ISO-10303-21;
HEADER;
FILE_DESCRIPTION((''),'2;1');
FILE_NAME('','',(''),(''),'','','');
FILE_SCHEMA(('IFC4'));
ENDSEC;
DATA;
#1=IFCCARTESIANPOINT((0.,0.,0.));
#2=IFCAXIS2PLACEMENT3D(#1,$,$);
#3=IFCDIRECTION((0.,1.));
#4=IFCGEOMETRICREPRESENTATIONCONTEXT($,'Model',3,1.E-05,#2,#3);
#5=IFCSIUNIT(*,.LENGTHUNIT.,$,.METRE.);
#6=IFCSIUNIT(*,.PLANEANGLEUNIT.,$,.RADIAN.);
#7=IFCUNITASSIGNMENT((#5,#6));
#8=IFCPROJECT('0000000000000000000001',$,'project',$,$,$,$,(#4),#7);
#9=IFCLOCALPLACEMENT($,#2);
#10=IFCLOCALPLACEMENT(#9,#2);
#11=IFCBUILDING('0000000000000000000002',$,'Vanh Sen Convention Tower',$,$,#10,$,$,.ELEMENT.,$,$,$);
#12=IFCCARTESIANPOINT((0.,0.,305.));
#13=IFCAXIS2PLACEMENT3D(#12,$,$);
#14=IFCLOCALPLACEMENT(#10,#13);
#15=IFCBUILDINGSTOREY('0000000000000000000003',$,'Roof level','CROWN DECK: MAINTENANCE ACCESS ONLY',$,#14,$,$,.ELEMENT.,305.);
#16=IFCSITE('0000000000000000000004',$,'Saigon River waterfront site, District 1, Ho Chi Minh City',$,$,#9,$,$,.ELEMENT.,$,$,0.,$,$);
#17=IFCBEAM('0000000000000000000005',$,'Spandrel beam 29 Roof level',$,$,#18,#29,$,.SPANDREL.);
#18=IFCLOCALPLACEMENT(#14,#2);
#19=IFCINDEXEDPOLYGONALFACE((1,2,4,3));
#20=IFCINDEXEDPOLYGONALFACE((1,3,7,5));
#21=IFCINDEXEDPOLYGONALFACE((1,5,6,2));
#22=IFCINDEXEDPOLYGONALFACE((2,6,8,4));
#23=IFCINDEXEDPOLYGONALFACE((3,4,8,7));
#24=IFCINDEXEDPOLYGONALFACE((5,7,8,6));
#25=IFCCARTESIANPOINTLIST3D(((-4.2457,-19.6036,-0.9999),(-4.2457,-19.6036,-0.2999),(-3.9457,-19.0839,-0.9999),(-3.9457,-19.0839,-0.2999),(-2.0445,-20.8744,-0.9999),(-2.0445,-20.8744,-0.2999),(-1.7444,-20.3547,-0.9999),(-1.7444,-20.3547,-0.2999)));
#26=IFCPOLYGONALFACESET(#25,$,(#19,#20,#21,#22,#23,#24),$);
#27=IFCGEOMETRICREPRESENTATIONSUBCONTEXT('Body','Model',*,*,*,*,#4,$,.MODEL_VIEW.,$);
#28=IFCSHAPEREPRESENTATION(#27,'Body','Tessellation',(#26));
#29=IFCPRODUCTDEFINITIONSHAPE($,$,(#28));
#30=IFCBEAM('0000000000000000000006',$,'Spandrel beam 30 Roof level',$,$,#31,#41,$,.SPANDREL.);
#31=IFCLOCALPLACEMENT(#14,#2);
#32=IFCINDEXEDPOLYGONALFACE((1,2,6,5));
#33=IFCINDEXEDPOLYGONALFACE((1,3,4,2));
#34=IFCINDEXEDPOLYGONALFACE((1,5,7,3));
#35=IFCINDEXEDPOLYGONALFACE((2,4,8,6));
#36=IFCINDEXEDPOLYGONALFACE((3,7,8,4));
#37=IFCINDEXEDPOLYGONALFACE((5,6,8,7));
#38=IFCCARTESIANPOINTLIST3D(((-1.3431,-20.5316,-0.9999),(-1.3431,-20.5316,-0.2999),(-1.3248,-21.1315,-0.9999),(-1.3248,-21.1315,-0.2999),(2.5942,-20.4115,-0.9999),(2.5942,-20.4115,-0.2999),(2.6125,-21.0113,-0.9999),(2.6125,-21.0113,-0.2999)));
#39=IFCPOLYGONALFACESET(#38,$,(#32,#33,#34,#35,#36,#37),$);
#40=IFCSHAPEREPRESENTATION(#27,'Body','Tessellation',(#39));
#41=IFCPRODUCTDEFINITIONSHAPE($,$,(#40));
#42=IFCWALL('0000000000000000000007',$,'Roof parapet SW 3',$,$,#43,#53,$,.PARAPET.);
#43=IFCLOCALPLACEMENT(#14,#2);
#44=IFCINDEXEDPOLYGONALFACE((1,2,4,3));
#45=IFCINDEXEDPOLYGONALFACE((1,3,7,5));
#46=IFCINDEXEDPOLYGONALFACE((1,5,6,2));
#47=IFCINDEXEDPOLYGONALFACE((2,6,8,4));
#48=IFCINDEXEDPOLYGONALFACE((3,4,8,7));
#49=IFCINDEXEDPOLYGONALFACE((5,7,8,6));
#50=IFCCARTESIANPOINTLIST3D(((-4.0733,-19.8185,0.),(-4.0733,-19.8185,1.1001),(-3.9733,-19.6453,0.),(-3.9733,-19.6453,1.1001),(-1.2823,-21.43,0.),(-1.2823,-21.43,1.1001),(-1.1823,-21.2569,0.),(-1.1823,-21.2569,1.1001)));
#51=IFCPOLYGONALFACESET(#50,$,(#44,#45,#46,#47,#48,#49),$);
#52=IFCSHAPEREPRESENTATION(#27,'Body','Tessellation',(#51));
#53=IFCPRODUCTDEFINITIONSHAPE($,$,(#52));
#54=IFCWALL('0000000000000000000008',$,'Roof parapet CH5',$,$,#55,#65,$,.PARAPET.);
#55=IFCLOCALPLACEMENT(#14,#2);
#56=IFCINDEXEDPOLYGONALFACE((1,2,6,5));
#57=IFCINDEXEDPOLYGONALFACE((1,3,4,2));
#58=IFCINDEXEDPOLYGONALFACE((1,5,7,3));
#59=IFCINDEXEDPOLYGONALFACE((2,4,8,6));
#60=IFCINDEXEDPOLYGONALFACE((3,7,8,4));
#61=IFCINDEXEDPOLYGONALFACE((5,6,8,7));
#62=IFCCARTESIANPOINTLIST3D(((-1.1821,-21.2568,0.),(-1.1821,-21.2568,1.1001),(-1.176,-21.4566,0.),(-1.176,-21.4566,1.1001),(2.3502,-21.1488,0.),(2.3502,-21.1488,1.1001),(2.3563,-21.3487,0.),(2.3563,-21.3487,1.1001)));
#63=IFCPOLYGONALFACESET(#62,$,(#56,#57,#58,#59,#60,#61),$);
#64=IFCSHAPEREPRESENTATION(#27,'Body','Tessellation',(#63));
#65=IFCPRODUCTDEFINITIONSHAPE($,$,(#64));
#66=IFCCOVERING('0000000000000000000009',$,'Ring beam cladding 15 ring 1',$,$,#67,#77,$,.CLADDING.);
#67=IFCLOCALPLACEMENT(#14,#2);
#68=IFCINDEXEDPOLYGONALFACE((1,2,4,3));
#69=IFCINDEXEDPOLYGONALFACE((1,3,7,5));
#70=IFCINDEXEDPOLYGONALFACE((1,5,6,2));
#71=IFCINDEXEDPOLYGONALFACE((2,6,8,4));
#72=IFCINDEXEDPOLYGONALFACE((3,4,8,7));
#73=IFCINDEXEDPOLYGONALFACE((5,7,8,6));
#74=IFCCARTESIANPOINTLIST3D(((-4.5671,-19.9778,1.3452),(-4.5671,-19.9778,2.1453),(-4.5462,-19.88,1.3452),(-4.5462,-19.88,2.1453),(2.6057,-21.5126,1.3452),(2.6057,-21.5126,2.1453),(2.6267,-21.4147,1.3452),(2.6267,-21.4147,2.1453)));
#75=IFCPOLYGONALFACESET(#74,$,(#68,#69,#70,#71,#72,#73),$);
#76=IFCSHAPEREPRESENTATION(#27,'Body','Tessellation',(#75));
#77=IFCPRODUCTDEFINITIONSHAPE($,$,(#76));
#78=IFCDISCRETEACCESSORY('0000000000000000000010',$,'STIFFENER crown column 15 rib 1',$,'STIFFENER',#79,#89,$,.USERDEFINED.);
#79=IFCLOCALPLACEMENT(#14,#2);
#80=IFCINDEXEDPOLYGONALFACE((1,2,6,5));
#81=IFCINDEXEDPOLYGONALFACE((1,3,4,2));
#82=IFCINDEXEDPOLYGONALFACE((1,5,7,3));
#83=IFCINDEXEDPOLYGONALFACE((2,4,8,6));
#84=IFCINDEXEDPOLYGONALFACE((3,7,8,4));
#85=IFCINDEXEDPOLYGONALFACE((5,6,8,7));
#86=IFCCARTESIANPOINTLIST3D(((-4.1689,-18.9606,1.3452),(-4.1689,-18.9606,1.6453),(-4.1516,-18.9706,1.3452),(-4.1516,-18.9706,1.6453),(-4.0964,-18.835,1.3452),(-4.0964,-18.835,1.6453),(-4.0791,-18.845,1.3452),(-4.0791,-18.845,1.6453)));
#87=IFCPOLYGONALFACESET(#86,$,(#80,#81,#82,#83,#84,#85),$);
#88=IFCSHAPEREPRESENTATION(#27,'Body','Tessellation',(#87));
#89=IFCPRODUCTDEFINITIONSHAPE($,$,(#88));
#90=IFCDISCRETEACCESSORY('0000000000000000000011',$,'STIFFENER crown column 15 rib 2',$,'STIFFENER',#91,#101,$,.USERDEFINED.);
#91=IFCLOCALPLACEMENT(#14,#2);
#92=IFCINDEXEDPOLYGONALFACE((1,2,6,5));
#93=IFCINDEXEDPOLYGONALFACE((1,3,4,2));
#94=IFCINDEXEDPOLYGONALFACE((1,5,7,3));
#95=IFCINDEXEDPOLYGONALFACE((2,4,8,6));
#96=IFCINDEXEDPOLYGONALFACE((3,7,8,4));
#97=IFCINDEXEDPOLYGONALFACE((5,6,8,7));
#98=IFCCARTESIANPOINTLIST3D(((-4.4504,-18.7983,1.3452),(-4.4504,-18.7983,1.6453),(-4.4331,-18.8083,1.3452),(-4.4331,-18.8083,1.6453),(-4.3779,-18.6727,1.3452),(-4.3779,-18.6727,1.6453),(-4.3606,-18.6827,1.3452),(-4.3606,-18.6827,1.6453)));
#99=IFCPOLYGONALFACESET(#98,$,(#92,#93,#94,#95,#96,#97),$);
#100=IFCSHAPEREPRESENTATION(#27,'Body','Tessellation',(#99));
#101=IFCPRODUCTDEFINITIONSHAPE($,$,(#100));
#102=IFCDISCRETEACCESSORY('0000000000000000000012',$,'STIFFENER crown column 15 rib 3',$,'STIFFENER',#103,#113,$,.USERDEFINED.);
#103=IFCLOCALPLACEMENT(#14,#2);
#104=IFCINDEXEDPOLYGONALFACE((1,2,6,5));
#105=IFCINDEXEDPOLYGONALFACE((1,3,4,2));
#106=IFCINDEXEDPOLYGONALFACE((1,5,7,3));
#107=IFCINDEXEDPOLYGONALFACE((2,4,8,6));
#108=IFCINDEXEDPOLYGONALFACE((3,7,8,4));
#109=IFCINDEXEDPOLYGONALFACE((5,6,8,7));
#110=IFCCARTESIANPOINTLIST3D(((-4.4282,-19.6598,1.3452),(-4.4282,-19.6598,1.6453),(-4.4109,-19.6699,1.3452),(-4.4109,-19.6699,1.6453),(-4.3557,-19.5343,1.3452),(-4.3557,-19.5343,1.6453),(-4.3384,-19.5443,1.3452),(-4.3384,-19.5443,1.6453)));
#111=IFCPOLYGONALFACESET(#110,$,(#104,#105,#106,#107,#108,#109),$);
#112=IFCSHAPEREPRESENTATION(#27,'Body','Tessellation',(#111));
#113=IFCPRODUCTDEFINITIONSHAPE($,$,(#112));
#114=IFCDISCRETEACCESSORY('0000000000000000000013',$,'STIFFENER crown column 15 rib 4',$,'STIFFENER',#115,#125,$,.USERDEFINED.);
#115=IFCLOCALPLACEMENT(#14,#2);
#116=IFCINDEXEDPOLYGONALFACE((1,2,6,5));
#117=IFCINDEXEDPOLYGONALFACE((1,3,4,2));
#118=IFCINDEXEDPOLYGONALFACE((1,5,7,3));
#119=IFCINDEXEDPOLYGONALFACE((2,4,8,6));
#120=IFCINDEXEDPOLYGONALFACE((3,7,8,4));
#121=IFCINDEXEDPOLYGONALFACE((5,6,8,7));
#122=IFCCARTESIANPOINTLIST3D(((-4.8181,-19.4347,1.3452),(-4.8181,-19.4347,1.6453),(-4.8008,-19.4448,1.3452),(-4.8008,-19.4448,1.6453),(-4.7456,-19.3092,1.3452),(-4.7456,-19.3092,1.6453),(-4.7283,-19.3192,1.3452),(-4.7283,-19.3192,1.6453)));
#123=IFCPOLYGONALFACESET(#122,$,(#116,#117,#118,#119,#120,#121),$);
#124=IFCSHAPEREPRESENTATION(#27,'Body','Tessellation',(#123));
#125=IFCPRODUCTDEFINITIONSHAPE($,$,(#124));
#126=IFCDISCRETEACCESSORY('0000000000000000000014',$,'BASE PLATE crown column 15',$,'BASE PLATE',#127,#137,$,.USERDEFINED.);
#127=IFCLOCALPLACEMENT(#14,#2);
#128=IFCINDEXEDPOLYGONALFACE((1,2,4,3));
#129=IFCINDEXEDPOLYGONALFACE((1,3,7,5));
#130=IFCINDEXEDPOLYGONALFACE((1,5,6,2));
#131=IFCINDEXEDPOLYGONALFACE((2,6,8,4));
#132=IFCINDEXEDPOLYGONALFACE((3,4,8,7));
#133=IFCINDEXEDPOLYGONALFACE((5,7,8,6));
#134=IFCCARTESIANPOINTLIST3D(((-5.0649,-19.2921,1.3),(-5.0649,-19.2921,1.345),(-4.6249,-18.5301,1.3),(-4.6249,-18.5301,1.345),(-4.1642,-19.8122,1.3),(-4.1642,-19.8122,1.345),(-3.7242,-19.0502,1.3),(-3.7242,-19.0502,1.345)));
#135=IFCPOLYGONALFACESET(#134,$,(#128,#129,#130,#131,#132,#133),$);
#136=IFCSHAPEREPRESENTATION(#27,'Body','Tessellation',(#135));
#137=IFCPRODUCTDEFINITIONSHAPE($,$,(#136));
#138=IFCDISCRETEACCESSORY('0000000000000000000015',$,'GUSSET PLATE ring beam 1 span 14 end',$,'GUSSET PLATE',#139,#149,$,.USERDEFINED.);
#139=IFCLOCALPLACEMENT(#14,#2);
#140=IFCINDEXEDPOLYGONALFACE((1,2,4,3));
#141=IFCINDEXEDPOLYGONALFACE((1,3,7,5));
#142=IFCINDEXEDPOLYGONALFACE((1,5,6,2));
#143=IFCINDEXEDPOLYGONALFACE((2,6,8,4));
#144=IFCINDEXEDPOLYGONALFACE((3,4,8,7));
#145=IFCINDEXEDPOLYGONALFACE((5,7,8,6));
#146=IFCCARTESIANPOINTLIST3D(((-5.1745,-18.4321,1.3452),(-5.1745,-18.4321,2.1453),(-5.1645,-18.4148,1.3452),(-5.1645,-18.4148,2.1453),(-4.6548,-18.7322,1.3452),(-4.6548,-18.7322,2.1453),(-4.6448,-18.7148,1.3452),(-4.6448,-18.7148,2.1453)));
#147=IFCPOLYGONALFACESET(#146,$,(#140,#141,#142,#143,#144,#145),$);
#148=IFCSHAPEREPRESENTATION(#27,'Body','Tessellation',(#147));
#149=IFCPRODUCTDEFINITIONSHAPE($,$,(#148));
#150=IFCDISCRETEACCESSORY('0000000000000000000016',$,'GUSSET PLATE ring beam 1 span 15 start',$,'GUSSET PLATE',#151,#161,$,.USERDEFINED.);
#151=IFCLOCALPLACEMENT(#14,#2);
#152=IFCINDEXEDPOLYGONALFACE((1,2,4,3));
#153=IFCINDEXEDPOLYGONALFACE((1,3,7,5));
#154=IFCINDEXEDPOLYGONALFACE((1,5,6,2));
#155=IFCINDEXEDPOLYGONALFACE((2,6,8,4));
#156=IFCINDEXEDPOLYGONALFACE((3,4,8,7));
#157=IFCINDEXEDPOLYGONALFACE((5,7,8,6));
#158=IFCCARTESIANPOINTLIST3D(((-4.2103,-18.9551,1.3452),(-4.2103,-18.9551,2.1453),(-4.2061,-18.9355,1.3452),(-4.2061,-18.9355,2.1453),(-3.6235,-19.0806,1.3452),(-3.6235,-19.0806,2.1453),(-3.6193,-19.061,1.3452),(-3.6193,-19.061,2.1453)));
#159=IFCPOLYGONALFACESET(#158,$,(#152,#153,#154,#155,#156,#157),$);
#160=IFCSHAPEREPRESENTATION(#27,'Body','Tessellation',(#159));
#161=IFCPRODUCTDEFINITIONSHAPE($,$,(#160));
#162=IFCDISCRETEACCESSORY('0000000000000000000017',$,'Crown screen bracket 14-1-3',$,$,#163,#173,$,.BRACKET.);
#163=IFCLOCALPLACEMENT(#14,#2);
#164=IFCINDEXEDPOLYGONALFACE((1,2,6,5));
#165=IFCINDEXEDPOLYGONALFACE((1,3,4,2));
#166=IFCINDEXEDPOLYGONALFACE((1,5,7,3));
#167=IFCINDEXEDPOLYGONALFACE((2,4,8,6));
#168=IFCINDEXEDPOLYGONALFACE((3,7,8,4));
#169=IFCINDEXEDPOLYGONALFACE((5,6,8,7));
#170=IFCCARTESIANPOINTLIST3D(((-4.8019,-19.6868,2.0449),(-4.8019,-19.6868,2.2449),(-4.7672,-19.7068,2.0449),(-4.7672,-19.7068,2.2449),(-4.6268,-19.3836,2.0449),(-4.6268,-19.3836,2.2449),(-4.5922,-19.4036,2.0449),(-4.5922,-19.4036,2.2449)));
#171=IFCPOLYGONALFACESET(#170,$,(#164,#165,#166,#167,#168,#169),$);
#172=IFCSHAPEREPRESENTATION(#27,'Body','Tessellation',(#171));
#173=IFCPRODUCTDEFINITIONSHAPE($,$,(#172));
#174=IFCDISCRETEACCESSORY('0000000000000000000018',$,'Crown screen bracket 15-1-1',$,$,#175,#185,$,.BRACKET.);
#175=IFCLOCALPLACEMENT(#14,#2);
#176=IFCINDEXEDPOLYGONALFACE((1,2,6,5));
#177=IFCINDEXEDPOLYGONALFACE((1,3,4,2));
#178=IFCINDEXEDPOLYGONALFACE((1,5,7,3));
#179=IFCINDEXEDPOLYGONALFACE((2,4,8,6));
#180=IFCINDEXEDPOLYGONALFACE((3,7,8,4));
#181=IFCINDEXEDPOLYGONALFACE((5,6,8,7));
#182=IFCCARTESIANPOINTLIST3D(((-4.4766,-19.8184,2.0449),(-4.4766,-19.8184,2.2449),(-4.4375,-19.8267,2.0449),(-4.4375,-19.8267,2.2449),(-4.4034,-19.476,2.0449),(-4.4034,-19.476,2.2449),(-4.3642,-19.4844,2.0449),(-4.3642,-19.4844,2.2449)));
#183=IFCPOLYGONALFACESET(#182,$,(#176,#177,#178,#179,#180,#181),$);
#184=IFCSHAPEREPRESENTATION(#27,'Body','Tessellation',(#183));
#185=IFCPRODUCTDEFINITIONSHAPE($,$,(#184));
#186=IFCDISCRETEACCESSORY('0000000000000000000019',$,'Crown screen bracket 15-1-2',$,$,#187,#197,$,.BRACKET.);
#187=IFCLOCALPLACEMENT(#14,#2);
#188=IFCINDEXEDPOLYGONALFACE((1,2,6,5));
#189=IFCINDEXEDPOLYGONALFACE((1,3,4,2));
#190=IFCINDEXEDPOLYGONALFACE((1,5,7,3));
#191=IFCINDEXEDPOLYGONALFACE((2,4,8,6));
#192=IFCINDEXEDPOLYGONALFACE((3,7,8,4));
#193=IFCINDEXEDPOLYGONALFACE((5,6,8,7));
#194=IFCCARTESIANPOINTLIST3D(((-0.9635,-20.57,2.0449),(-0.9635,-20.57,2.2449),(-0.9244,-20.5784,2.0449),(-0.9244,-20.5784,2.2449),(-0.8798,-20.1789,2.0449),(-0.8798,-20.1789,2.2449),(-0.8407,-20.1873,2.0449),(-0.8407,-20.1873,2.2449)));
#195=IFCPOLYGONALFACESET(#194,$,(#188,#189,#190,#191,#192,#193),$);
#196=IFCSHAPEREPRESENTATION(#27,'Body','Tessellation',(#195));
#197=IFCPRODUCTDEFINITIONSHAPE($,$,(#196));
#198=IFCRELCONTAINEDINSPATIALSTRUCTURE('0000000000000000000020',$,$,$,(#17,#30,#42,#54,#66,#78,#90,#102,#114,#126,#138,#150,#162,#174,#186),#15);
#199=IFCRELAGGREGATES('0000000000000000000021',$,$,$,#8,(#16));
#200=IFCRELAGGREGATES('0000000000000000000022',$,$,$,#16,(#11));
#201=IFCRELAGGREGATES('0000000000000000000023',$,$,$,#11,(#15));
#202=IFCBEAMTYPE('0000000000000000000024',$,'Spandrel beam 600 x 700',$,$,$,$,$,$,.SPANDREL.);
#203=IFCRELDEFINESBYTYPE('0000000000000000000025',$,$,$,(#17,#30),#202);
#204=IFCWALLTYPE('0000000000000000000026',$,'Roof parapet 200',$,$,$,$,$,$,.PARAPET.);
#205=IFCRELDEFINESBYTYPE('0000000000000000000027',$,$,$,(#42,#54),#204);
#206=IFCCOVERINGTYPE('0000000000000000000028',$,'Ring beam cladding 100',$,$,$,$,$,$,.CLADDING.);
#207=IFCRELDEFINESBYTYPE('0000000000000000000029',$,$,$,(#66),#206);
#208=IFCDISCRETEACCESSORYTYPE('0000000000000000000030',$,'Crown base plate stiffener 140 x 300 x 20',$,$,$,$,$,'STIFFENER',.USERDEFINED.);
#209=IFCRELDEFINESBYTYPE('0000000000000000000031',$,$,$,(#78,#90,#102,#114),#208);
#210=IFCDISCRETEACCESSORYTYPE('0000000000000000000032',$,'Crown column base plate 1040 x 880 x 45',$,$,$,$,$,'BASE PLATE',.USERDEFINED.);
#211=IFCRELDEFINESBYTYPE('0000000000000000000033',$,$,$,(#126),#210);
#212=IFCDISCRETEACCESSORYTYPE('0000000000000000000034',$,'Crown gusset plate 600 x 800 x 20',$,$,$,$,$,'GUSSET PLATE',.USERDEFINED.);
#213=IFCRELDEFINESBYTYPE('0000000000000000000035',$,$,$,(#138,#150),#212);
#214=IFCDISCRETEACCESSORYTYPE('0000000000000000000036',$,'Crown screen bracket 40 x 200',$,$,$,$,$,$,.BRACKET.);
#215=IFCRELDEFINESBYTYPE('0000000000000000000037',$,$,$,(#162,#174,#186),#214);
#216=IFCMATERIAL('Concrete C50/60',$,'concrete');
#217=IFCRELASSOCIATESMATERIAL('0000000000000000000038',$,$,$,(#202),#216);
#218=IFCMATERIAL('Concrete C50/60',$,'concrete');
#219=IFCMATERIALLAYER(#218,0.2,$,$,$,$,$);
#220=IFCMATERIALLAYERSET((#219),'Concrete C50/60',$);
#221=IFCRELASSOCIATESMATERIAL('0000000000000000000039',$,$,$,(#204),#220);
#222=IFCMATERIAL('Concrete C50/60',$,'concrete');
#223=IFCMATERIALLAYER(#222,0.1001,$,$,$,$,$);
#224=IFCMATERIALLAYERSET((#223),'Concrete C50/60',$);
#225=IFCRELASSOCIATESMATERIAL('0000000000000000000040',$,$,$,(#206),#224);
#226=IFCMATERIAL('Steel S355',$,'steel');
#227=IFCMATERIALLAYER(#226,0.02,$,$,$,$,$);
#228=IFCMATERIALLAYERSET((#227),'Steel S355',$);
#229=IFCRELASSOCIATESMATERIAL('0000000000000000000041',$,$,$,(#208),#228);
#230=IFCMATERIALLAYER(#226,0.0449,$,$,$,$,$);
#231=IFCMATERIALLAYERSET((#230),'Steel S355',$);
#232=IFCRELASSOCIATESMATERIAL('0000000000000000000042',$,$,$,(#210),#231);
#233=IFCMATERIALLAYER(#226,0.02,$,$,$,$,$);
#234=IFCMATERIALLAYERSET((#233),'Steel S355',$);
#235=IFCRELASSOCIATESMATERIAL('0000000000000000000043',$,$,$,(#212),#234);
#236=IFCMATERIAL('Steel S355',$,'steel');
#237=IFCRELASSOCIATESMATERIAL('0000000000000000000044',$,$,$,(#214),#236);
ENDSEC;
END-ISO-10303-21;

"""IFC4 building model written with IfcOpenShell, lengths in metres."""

from ifc_helpers import new_model, si_unit, direction, frame, frame_2d, origin, origin_2d, place, context, subcontext, project, spatial, rectangle, extrude, material, layer, layer_set, material_profile, profile_set, type_object, element, save


model = new_model("IFC4")

# Units and contexts
model_context = context("Model", 3, precision=1e-05, world=origin(), true_north=direction((0.0, 1.0)))
body_context = subcontext(model_context, "Body", "Model", "MODEL_VIEW")
ifc_project = project(units=[si_unit("LENGTHUNIT", "METRE"), si_unit("PLANEANGLEUNIT", "RADIAN")], contexts=[model_context])

# Site, building, storey
site_placement = place(None, origin())
site = spatial("IfcSite", under=ifc_project, at=site_placement, Name="Saigon River waterfront site, District 1, Ho Chi Minh City", CompositionType="ELEMENT", RefElevation=0.0)
building_placement = place(site_placement, origin())
building = spatial("IfcBuilding", under=site, at=building_placement, Name="Vanh Sen Convention Tower", CompositionType="ELEMENT")
storey_placement = place(building_placement, frame((0.0, 0.0, 305.0)))
storey = spatial("IfcBuildingStorey", under=building, at=storey_placement, Name="Roof level", Description="CROWN DECK: MAINTENANCE ACCESS ONLY", CompositionType="ELEMENT", Elevation=305.0)

# Beams
ifc_material_1 = material(Name="Concrete C50/60", Category="concrete")
ifc_material_profile_1 = material_profile(ifc_material_1, rectangle(XDim=0.6001, YDim=0.7, at=origin_2d()), Name="RC 600X700")
ifc_profile_set_1 = profile_set([ifc_material_profile_1], Name="Concrete C50/60")
beam_type_1 = type_object("IfcBeamType", Name="Spandrel beam 600 x 700", PredefinedType="SPANDREL", material=ifc_profile_set_1)
beam_1_placement = place(storey_placement, frame((-4.0957, -19.3438, -0.6499), z_axis=(0.866042, -0.499972, 0.0), x_axis=(0.499972, 0.866042, 0.0)))
element("IfcBeam", 1, at=beam_1_placement, inside=storey, type_object=beam_type_1, Name="Spandrel beam 29 Roof level", PredefinedType="SPANDREL", context=body_context, shape_type="SweptSolid", body=[
    extrude(rectangle(XDim=0.6001, YDim=0.7, at=origin_2d()), origin(), (0.0, 0.0, 1.0), 2.5417),
])
beam_2_placement = place(storey_placement, frame((-1.334, -20.8315, -0.6499), z_axis=(0.999535, 0.030494, 0.0), x_axis=(-0.030494, 0.999535, 0.0)))
element("IfcBeam", 2, at=beam_2_placement, inside=storey, type_object=beam_type_1, Name="Spandrel beam 30 Roof level", PredefinedType="SPANDREL", context=body_context, shape_type="SweptSolid", body=[
    extrude(rectangle(XDim=0.6001, YDim=0.7, at=origin_2d()), origin(), (0.0, 0.0, 1.0), 3.9392),
])

# Walls
ifc_material_2 = material(Name="Concrete C50/60", Category="concrete")
ifc_layer_1 = layer(ifc_material_2, 0.2)
ifc_layer_set_1 = layer_set([ifc_layer_1], Name="Concrete C50/60")
wall_type = type_object("IfcWallType", Name="Roof parapet 200", PredefinedType="PARAPET", material=ifc_layer_set_1)
wall_1_placement = place(storey_placement, frame((-4.0232, -19.7319, 0.0), z_axis=(0.0, 0.0, 1.0), x_axis=(0.866001, -0.500042, 0.0)))
element("IfcWall", 3, at=wall_1_placement, inside=storey, type_object=wall_type, Name="Roof parapet SW 3", PredefinedType="PARAPET", context=body_context, shape_type="SweptSolid", body=[
    extrude(rectangle(XDim=3.2229, YDim=0.2, at=frame_2d((1.6113, 0.0))), origin(), (0.0, 0.0, 1.0), 1.1001),
])
wall_2_placement = place(storey_placement, frame((-1.1792, -21.3567, 0.0), z_axis=(0.0, 0.0, 1.0), x_axis=(0.999534, 0.030536, 0.0)))
element("IfcWall", 4, at=wall_2_placement, inside=storey, type_object=wall_type, Name="Roof parapet CH5", PredefinedType="PARAPET", context=body_context, shape_type="SweptSolid", body=[
    extrude(rectangle(XDim=3.5339, YDim=0.2, at=frame_2d((1.7671, 0.0))), origin(), (0.0, 0.0, 1.0), 1.1001),
])

# Covering
ifc_material_3 = material(Name="Concrete C50/60", Category="concrete")
ifc_layer_2 = layer(ifc_material_3, 0.1001)
ifc_layer_set_2 = layer_set([ifc_layer_2], Name="Concrete C50/60")
covering_type = type_object("IfcCoveringType", Name="Ring beam cladding 100", PredefinedType="CLADDING", material=ifc_layer_set_2)
covering_placement = place(storey_placement, frame((-0.9702, -20.6963, 1.3452), z_axis=(0.0, 0.0, 1.0), x_axis=(0.977865, -0.209236, 0.0)))
element("IfcCovering", 5, at=covering_placement, inside=storey, type_object=covering_type, Name="Ring beam cladding 15 ring 1", PredefinedType="CLADDING", context=body_context, shape_type="SweptSolid", body=[
    extrude(rectangle(XDim=7.3352, YDim=0.1001, at=origin_2d()), origin(), (0.0, 0.0, 1.0), 0.8),
])

# Discrete accessories
ifc_material_4 = material(Name="Steel S355", Category="steel")
ifc_layer_3 = layer(ifc_material_4, 0.02)
ifc_layer_set_3 = layer_set([ifc_layer_3], Name="Steel S355")
discrete_accessory_type_1 = type_object("IfcDiscreteAccessoryType", Name="Crown base plate stiffener 140 x 300 x 20", ElementType="STIFFENER", PredefinedType="USERDEFINED", material=ifc_layer_set_3)
for number, where, z_axis, x_axis, name in (
    (6, (-4.124, -18.9028, 1.3452), (0.0, 0.0, 1.0), (0.5, 0.866025, 0.0), "STIFFENER crown column 15 rib 1"),
    (7, (-4.4055, -18.7405, 1.3452), (0.0, 0.0, 1.0), (0.5, 0.866025, 0.0), "STIFFENER crown column 15 rib 2"),
    (8, (-4.3833, -19.6021, 1.3452), (0.0, 0.0, 1.0), (0.5, 0.866025, 0.0), "STIFFENER crown column 15 rib 3"),
    (9, (-4.7732, -19.377, 1.3452), (0.0, 0.0, 1.0), (0.5, 0.866025, 0.0), "STIFFENER crown column 15 rib 4"),
):
    element("IfcDiscreteAccessory", number, at=place(storey_placement, frame(where, z_axis=z_axis, x_axis=x_axis)), inside=storey, type_object=discrete_accessory_type_1, Name=name, ObjectType="STIFFENER", PredefinedType="USERDEFINED", context=body_context, shape_type="SweptSolid", body=[
        extrude(rectangle(XDim=0.145, YDim=0.02, at=origin_2d()), origin(), (0.0, 0.0, 1.0), 0.3),
    ])
ifc_layer_4 = layer(ifc_material_4, 0.0449)
ifc_layer_set_4 = layer_set([ifc_layer_4], Name="Steel S355")
discrete_accessory_type_2 = type_object("IfcDiscreteAccessoryType", Name="Crown column base plate 1040 x 880 x 45", ElementType="BASE PLATE", PredefinedType="USERDEFINED", material=ifc_layer_set_4)
discrete_accessory_1_placement = place(storey_placement, frame((-4.3945, -19.1711, 1.3), z_axis=(0.0, 0.0, 1.0), x_axis=(0.866025, -0.5, 0.0)))
element("IfcDiscreteAccessory", 10, at=discrete_accessory_1_placement, inside=storey, type_object=discrete_accessory_type_2, Name="BASE PLATE crown column 15", ObjectType="BASE PLATE", PredefinedType="USERDEFINED", context=body_context, shape_type="SweptSolid", body=[
    extrude(rectangle(XDim=1.04, YDim=0.8799, at=origin_2d()), origin(), (0.0, 0.0, 1.0), 0.0449),
])
ifc_layer_5 = layer(ifc_material_4, 0.02)
ifc_layer_set_5 = layer_set([ifc_layer_5], Name="Steel S355")
discrete_accessory_type_3 = type_object("IfcDiscreteAccessoryType", Name="Crown gusset plate 600 x 800 x 20", ElementType="GUSSET PLATE", PredefinedType="USERDEFINED", material=ifc_layer_set_5)
for number, where, z_axis, x_axis, name in (
    (11, (-4.9097, -18.5735, 1.3452), (0.0, 0.0, 1.0), (-0.866029, 0.499994, 0.0), "GUSSET PLATE ring beam 1 span 14 end"),
    (12, (-3.9148, -19.0081, 1.3452), (0.0, 0.0, 1.0), (0.977865, -0.209236, 0.0), "GUSSET PLATE ring beam 1 span 15 start"),
):
    element("IfcDiscreteAccessory", number, at=place(storey_placement, frame(where, z_axis=z_axis, x_axis=x_axis)), inside=storey, type_object=discrete_accessory_type_3, Name=name, ObjectType="GUSSET PLATE", PredefinedType="USERDEFINED", context=body_context, shape_type="SweptSolid", body=[
        extrude(rectangle(XDim=0.6001, YDim=0.02, at=origin_2d()), origin(), (0.0, 0.0, 1.0), 0.8),
    ])
ifc_material_5 = material(Name="Steel S355", Category="steel")
discrete_accessory_type_4 = type_object("IfcDiscreteAccessoryType", Name="Crown screen bracket 40 x 200", PredefinedType="BRACKET", material=ifc_material_5)
for number, where, z_axis, x_axis, name in (
    (13, (-4.697, -19.5452, 2.0449), (0.0, 0.0, 1.0), (-0.499994, -0.866029, 0.0), "Crown screen bracket 14-1-3"),
    (14, (-4.4204, -19.6514, 2.0449), (0.0, 0.0, 1.0), (-0.209236, -0.977865, 0.0), "Crown screen bracket 15-1-1"),
):
    element("IfcDiscreteAccessory", number, at=place(storey_placement, frame(where, z_axis=z_axis, x_axis=x_axis)), inside=storey, type_object=discrete_accessory_type_4, Name=name, PredefinedType="BRACKET", context=body_context, shape_type="SweptSolid", body=[
        extrude(rectangle(XDim=0.3501, YDim=0.04, at=origin_2d()), origin(), (0.0, 0.0, 1.0), 0.2),
    ])
discrete_accessory_2_placement = place(storey_placement, frame((-0.9021, -20.3787, 2.0449), z_axis=(0.0, 0.0, 1.0), x_axis=(-0.209236, -0.977865, 0.0)))
element("IfcDiscreteAccessory", 15, at=discrete_accessory_2_placement, inside=storey, type_object=discrete_accessory_type_4, Name="Crown screen bracket 15-1-2", PredefinedType="BRACKET", context=body_context, shape_type="SweptSolid", body=[
    extrude(rectangle(XDim=0.3999, YDim=0.04, at=origin_2d()), origin(), (0.0, 0.0, 1.0), 0.2),
])

save(model, "model.ifc")
